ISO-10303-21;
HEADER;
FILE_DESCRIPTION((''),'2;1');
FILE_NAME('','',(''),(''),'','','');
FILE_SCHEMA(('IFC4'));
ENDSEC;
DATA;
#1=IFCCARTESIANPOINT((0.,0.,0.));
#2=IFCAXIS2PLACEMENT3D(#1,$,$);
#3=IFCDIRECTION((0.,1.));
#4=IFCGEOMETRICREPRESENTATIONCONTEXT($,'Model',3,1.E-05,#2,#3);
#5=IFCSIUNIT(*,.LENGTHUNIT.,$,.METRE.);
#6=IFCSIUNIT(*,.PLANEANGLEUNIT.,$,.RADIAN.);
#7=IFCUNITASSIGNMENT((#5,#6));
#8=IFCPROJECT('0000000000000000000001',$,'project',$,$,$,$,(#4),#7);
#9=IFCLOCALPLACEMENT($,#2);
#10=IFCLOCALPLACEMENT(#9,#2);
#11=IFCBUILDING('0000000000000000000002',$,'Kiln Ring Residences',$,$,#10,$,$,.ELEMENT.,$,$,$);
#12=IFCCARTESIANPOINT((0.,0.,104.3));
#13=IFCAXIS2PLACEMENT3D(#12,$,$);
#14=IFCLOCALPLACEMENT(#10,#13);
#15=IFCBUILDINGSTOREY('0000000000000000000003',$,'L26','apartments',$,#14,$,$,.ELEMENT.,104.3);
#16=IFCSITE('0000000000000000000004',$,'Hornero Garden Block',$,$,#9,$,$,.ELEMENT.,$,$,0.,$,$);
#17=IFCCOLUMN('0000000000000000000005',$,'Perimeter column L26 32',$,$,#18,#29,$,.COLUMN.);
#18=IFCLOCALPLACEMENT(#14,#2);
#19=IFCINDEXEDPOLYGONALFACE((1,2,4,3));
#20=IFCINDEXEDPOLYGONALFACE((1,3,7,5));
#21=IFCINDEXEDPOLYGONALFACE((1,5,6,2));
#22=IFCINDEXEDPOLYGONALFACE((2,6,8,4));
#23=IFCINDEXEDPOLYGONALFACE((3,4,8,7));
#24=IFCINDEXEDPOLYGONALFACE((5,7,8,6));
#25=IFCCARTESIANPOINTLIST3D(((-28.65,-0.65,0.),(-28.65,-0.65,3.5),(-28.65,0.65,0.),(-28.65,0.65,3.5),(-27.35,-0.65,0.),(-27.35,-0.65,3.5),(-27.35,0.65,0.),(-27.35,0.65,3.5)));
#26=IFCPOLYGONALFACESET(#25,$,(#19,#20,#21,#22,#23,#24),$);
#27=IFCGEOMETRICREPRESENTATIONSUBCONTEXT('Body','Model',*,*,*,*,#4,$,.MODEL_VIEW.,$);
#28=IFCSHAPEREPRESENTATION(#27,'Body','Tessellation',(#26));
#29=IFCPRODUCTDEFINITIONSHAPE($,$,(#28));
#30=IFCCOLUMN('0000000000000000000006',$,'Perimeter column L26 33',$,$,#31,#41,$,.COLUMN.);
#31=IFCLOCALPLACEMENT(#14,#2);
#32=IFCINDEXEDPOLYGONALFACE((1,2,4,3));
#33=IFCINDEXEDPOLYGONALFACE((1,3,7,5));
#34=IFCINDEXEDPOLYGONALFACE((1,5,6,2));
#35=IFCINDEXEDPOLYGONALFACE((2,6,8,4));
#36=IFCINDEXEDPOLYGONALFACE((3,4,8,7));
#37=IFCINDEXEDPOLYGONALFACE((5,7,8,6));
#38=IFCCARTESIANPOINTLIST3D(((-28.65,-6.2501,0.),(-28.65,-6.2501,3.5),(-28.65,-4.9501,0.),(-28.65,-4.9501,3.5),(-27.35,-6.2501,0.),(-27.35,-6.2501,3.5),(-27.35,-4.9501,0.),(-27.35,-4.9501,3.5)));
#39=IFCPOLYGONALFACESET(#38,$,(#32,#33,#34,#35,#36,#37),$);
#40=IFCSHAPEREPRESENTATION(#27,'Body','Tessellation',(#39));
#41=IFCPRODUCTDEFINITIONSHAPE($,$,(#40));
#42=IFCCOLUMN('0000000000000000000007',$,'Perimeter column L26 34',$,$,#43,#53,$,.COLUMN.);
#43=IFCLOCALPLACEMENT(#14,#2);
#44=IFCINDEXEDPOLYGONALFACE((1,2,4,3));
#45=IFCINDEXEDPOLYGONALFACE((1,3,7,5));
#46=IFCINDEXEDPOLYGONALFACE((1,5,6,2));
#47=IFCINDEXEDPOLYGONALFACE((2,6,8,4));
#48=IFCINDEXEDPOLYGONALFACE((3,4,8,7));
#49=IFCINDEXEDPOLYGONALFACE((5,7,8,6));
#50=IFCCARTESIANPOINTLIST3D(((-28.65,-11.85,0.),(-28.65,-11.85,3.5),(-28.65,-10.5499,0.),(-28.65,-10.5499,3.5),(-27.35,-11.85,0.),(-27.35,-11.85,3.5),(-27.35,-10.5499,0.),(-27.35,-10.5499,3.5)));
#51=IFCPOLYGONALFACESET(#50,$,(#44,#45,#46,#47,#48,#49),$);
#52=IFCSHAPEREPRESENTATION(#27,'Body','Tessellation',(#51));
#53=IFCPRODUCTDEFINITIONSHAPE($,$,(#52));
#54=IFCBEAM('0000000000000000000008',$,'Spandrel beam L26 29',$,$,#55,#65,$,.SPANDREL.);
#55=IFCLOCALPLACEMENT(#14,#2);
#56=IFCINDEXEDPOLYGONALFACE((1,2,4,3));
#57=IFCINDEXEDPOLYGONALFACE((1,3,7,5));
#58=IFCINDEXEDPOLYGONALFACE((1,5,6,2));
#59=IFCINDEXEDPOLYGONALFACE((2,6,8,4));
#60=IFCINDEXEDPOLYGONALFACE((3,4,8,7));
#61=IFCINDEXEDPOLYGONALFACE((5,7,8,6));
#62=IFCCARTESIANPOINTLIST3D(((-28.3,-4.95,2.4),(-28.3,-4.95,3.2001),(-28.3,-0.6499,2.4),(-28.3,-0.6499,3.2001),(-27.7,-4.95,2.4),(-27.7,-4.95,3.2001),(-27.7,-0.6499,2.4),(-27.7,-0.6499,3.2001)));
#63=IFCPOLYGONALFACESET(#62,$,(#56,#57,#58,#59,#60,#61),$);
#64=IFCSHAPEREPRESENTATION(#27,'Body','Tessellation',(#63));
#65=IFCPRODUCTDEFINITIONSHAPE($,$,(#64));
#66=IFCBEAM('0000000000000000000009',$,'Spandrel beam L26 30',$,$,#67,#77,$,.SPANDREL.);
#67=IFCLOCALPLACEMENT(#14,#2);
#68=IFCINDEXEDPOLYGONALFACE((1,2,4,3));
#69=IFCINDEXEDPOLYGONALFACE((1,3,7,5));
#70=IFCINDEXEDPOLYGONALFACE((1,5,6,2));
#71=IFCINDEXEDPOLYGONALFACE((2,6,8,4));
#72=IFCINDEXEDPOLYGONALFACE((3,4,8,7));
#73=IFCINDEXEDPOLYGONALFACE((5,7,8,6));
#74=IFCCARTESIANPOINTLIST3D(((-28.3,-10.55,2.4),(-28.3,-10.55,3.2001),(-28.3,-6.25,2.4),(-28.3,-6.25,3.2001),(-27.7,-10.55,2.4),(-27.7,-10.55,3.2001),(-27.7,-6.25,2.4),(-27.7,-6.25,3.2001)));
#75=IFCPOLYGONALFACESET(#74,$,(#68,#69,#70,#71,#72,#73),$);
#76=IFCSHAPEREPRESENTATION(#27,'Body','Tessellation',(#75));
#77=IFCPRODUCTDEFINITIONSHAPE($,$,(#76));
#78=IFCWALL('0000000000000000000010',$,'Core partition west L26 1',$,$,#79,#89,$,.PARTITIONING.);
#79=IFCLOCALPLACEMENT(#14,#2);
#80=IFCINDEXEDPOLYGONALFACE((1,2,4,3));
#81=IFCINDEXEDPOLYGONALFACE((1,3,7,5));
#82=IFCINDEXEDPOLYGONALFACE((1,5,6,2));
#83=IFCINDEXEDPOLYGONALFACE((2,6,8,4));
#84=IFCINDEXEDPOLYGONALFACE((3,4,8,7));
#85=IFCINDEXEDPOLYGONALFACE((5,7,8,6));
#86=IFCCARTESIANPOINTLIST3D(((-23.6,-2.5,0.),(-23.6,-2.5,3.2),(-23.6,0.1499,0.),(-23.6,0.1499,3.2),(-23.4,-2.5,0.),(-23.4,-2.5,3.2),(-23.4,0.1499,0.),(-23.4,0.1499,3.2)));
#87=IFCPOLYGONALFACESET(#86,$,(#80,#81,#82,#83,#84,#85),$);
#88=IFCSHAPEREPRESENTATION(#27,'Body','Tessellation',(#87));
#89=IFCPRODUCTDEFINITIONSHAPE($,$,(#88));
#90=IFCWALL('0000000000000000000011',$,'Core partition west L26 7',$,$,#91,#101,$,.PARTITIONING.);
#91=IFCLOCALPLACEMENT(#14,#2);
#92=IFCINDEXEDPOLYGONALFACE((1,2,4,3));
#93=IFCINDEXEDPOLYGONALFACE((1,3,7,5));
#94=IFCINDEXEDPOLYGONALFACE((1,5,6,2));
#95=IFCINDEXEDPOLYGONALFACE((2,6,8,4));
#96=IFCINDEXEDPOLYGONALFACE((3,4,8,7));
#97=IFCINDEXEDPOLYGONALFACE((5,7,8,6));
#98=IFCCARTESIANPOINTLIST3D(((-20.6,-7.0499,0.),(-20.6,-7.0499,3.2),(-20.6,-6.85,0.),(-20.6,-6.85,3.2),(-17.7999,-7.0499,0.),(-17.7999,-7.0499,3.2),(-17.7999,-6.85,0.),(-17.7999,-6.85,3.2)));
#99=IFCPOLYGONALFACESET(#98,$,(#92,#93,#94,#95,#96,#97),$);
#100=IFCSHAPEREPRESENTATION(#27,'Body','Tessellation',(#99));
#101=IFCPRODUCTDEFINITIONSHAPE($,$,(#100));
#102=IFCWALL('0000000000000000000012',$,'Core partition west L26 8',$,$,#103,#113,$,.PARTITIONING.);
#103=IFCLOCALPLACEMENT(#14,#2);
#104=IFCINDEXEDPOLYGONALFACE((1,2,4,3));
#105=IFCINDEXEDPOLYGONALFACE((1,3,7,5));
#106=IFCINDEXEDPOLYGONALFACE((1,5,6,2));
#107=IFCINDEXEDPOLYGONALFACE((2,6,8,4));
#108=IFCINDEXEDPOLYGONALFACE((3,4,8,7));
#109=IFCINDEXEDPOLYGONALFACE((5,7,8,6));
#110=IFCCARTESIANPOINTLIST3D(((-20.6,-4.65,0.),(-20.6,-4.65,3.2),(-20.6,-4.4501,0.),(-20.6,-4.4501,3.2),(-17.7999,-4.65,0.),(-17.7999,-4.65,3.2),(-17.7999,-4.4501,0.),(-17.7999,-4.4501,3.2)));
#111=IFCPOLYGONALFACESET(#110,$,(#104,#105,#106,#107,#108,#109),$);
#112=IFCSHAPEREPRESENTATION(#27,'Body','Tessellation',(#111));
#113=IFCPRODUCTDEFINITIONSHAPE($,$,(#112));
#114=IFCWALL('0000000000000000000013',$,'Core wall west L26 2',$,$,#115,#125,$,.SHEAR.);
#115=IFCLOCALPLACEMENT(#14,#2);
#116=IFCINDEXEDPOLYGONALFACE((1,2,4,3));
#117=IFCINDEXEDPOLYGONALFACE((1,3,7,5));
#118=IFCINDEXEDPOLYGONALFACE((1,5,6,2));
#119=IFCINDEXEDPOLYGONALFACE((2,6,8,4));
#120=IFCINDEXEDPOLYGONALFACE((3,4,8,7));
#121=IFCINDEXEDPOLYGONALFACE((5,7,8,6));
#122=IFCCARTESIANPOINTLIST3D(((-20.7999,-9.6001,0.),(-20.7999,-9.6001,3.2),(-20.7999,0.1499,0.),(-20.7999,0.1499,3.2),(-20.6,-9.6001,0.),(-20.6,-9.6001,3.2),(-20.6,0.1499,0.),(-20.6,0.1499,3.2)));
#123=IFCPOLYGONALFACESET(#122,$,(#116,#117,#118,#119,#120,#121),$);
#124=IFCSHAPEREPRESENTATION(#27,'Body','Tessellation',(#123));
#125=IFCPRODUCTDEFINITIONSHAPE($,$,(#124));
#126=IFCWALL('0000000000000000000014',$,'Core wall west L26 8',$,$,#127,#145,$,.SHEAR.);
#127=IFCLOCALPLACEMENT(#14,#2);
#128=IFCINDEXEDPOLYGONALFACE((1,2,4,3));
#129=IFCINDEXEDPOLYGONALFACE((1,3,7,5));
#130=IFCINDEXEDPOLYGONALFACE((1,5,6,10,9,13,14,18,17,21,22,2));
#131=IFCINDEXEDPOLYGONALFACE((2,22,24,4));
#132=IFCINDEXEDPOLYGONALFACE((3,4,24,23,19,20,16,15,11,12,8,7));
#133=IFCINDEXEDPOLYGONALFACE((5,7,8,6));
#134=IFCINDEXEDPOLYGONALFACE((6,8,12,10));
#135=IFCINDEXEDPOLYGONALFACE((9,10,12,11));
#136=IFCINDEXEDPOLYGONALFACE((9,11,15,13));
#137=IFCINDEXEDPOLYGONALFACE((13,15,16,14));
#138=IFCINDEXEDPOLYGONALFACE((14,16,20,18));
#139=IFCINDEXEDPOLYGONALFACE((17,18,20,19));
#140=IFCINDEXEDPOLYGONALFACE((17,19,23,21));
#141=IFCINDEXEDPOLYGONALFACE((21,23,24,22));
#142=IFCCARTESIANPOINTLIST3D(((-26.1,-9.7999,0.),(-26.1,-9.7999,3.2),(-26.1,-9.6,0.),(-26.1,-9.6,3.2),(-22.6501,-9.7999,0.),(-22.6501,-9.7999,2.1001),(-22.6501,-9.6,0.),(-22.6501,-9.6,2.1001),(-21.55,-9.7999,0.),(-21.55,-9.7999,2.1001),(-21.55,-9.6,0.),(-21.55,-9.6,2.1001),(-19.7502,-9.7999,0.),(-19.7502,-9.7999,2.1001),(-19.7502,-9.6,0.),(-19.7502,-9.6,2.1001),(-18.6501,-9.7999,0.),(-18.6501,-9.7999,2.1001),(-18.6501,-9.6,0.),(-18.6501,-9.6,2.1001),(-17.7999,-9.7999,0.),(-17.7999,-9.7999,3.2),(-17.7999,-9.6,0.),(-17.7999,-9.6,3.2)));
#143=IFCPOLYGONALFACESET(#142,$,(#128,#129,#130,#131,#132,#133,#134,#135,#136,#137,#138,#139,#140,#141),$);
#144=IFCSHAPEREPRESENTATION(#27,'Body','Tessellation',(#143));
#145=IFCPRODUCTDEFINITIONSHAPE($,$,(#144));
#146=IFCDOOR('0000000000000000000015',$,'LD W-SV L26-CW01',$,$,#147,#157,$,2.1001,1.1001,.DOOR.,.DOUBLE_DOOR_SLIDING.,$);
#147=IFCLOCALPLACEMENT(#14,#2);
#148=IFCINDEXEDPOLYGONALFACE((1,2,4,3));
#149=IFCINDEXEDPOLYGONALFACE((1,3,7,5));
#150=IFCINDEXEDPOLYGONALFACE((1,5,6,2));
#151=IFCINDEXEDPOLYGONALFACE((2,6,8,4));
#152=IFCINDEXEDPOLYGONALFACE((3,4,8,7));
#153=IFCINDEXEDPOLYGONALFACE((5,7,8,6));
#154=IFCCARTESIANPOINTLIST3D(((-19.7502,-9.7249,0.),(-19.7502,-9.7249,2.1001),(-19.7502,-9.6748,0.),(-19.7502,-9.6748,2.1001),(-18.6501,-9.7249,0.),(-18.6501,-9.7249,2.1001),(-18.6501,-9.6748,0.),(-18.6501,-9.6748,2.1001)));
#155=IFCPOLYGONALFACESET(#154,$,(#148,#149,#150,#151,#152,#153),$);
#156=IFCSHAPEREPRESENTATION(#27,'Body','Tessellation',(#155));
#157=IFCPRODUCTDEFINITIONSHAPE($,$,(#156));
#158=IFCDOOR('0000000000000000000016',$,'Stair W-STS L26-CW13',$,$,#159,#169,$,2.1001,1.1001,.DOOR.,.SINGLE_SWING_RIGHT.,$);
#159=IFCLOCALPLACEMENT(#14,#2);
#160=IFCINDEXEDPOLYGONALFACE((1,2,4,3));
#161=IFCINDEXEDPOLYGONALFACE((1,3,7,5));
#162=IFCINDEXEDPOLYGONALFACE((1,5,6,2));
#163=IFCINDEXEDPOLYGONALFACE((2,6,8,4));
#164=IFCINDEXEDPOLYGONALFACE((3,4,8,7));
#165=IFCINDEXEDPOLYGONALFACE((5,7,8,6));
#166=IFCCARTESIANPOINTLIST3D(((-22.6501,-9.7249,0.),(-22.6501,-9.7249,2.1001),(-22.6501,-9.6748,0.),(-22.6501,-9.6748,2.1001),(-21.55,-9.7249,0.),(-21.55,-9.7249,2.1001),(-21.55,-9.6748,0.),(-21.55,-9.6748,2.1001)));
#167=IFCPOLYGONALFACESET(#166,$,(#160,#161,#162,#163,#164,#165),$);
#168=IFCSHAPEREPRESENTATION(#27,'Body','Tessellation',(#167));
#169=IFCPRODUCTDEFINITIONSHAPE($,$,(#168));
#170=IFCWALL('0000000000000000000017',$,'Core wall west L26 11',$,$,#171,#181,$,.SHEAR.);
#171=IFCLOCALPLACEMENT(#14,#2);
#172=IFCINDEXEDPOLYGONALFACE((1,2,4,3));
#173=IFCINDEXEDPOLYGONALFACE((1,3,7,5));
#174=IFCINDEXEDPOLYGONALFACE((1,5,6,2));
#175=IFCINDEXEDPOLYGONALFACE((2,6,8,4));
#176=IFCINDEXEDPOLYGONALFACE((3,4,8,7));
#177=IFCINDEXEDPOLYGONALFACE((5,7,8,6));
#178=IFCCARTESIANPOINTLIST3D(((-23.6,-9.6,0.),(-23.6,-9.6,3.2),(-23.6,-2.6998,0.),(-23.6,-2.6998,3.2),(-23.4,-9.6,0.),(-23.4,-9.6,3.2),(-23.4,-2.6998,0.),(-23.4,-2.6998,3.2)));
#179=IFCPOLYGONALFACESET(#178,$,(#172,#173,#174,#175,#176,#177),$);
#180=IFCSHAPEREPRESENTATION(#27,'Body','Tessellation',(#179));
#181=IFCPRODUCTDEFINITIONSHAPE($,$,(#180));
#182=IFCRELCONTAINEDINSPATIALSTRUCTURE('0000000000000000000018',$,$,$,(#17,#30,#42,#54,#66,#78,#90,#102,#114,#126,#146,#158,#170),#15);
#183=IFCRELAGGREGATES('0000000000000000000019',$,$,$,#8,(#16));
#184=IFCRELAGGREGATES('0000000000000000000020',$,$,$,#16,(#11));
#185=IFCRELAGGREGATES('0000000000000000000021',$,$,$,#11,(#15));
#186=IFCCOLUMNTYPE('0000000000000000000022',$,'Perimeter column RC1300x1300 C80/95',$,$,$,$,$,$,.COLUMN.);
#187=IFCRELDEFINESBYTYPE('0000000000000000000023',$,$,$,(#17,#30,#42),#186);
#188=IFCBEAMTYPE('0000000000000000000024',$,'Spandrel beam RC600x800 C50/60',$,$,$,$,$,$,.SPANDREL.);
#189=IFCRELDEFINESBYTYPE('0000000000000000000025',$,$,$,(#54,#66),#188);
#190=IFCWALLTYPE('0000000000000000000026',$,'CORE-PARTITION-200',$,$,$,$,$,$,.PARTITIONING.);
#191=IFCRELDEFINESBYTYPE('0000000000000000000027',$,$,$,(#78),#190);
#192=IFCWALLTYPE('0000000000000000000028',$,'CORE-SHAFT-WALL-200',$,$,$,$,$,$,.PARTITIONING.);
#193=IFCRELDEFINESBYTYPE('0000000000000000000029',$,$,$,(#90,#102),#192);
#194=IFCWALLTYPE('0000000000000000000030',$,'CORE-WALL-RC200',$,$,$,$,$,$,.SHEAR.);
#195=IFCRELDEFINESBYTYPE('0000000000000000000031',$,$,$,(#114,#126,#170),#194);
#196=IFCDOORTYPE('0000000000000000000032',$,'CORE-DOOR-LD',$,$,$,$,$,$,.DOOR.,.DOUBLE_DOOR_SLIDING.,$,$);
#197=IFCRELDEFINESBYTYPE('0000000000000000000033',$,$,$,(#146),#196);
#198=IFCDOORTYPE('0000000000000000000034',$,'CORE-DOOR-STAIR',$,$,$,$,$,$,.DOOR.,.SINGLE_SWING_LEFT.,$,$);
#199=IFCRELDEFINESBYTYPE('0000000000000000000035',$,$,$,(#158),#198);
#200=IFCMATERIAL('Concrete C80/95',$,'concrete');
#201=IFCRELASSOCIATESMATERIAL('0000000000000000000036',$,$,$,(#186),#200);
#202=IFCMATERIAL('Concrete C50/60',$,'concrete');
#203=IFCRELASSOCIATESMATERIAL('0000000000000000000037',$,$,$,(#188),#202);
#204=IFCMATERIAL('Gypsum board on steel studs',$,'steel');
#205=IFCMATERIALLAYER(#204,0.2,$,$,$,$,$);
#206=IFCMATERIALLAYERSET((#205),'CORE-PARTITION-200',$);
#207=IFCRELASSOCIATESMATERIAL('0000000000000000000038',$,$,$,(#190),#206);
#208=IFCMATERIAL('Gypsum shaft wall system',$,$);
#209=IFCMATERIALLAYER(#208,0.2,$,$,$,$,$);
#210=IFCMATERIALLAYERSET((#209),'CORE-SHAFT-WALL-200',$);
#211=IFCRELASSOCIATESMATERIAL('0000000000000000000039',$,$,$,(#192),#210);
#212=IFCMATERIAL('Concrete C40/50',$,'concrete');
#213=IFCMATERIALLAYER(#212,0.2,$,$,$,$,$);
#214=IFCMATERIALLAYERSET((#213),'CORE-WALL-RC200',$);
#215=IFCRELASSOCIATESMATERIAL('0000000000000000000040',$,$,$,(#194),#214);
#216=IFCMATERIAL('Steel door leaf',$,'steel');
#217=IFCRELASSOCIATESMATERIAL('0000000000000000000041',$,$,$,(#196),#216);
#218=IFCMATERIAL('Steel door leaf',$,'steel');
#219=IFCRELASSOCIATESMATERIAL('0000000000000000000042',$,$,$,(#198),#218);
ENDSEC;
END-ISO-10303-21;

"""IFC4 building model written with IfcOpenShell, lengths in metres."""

from ifc_helpers import new_model, si_unit, direction, frame, frame_2d, origin, origin_2d, place, context, subcontext, project, spatial, rectangle, extrude, material, layer, layer_set, material_profile, profile_set, type_object, element, fill, save


model = new_model("IFC4")

# Units and contexts
model_context = context("Model", 3, precision=1e-05, world=origin(), true_north=direction((0.0, 1.0)))
body_context = subcontext(model_context, "Body", "Model", "MODEL_VIEW")
ifc_project = project(units=[si_unit("LENGTHUNIT", "METRE"), si_unit("PLANEANGLEUNIT", "RADIAN")], contexts=[model_context])

# Site, building, storey
site_placement = place(None, origin())
site = spatial("IfcSite", under=ifc_project, at=site_placement, Name="Hornero Garden Block", CompositionType="ELEMENT", RefElevation=0.0)
building_placement = place(site_placement, origin())
building = spatial("IfcBuilding", under=site, at=building_placement, Name="Kiln Ring Residences", CompositionType="ELEMENT")
storey_placement = place(building_placement, frame((0.0, 0.0, 104.3)))
storey = spatial("IfcBuildingStorey", under=building, at=storey_placement, Name="L26", Description="apartments", CompositionType="ELEMENT", Elevation=104.3)

# Columns
ifc_material_1 = material(Name="Concrete C80/95", Category="concrete")
ifc_material_profile_1 = material_profile(ifc_material_1, rectangle(XDim=1.3, YDim=1.3, at=origin_2d()), Name="RC1300x1300")
ifc_profile_set_1 = profile_set([ifc_material_profile_1], Name="Concrete C80/95")
column_type = type_object("IfcColumnType", Name="Perimeter column RC1300x1300 C80/95", PredefinedType="COLUMN", material=ifc_profile_set_1)
for number, where, z_axis, x_axis, name in (
    (1, (-28.0, 0.0, 0.0), (0.0, 0.0, 1.0), (1.0, 0.0, 0.0), "Perimeter column L26 32"),
    (2, (-28.0, -5.6001, 0.0), (0.0, 0.0, 1.0), (1.0, 0.0, 0.0), "Perimeter column L26 33"),
    (3, (-28.0, -11.2, 0.0), (0.0, 0.0, 1.0), (1.0, 0.0, 0.0), "Perimeter column L26 34"),
):
    element("IfcColumn", number, at=place(storey_placement, frame(where, z_axis=z_axis, x_axis=x_axis)), inside=storey, type_object=column_type, Name=name, PredefinedType="COLUMN", context=body_context, shape_type="SweptSolid", body=[
        extrude(rectangle(XDim=1.3, YDim=1.3, at=origin_2d()), origin(), (0.0, 0.0, 1.0), 3.5),
    ])

# Beams
ifc_material_2 = material(Name="Concrete C50/60", Category="concrete")
ifc_material_profile_2 = material_profile(ifc_material_2, rectangle(XDim=0.6001, YDim=0.8, at=origin_2d()), Name="RC600x800")
ifc_profile_set_2 = profile_set([ifc_material_profile_2], Name="Concrete C50/60")
beam_type = type_object("IfcBeamType", Name="Spandrel beam RC600x800 C50/60", PredefinedType="SPANDREL", material=ifc_profile_set_2)
for number, where, z_axis, x_axis, name in (
    (4, (-28.0, -0.6499, 2.8), (0.0, -1.0, 0.0), (1.0, 0.0, 0.0), "Spandrel beam L26 29"),
    (5, (-28.0, -6.25, 2.8), (0.0, -1.0, 0.0), (1.0, 0.0, 0.0), "Spandrel beam L26 30"),
):
    element("IfcBeam", number, at=place(storey_placement, frame(where, z_axis=z_axis, x_axis=x_axis)), inside=storey, type_object=beam_type, Name=name, PredefinedType="SPANDREL", context=body_context, shape_type="SweptSolid", body=[
        extrude(rectangle(XDim=0.6001, YDim=0.8, at=origin_2d()), origin(), (0.0, 0.0, 1.0), 4.3),
    ])

# Walls
ifc_material_3 = material(Name="Gypsum board on steel studs", Category="steel")
ifc_layer_1 = layer(ifc_material_3, 0.2)
ifc_layer_set_1 = layer_set([ifc_layer_1], Name="CORE-PARTITION-200")
wall_type_1 = type_object("IfcWallType", Name="CORE-PARTITION-200", PredefinedType="PARTITIONING", material=ifc_layer_set_1)
wall_1_placement = place(storey_placement, frame((-23.5, -2.5, 0.0), z_axis=(0.0, 0.0, 1.0), x_axis=(0.0, 1.0, 0.0)))
element("IfcWall", 6, at=wall_1_placement, inside=storey, type_object=wall_type_1, Name="Core partition west L26 1", PredefinedType="PARTITIONING", context=body_context, shape_type="SweptSolid", body=[
    extrude(rectangle(XDim=2.6499, YDim=0.2, at=frame_2d((1.325, 0.0))), origin(), (0.0, 0.0, 1.0), 3.2),
])
ifc_material_4 = material(Name="Gypsum shaft wall system")
ifc_layer_2 = layer(ifc_material_4, 0.2)
ifc_layer_set_2 = layer_set([ifc_layer_2], Name="CORE-SHAFT-WALL-200")
wall_type_2 = type_object("IfcWallType", Name="CORE-SHAFT-WALL-200", PredefinedType="PARTITIONING", material=ifc_layer_set_2)
for number, where, z_axis, x_axis, name in (
    (7, (-17.8, -6.95, 0.0), (0.0, 0.0, 1.0), (-1.0, 0.0, 0.0), "Core partition west L26 7"),
    (8, (-17.8, -4.55, 0.0), (0.0, 0.0, 1.0), (-1.0, 0.0, 0.0), "Core partition west L26 8"),
):
    element("IfcWall", number, at=place(storey_placement, frame(where, z_axis=z_axis, x_axis=x_axis)), inside=storey, type_object=wall_type_2, Name=name, PredefinedType="PARTITIONING", context=body_context, shape_type="SweptSolid", body=[
        extrude(rectangle(XDim=2.8, YDim=0.2, at=frame_2d((1.3999, 0.0))), origin(), (0.0, 0.0, 1.0), 3.2),
    ])
ifc_material_5 = material(Name="Concrete C40/50", Category="concrete")
ifc_layer_3 = layer(ifc_material_5, 0.2)
ifc_layer_set_3 = layer_set([ifc_layer_3], Name="CORE-WALL-RC200")
wall_type_3 = type_object("IfcWallType", Name="CORE-WALL-RC200", PredefinedType="SHEAR", material=ifc_layer_set_3)
wall_2_placement = place(storey_placement, frame((-20.7, -9.6001, 0.0), z_axis=(0.0, 0.0, 1.0), x_axis=(0.0, 1.0, 0.0)))
element("IfcWall", 9, at=wall_2_placement, inside=storey, type_object=wall_type_3, Name="Core wall west L26 2", PredefinedType="SHEAR", context=body_context, shape_type="SweptSolid", body=[
    extrude(rectangle(XDim=9.75, YDim=0.2, at=frame_2d((4.875, 0.0))), origin(), (0.0, 0.0, 1.0), 3.2),
])

# Wall, openings, doors
wall_3_placement = place(storey_placement, frame((-17.8, -9.7, 0.0), z_axis=(0.0, 0.0, 1.0), x_axis=(-1.0, 0.0, 0.0)))
wall_3 = element("IfcWall", 10, at=wall_3_placement, inside=storey, type_object=wall_type_3, Name="Core wall west L26 8", PredefinedType="SHEAR", context=body_context, shape_type="SweptSolid", body=[
    extrude(rectangle(XDim=8.3, YDim=0.2, at=frame_2d((4.1499, 0.0))), origin(), (0.0, 0.0, 1.0), 3.2),
])
opening_1_placement = place(wall_3_placement, frame((0.8501, 0.0, 0.0)))
opening_1 = element("IfcOpeningElement", 11, at=opening_1_placement, cuts=wall_3, PredefinedType="OPENING", context=body_context, shape_type="SweptSolid", body=[
    extrude(rectangle(XDim=1.1001, YDim=2.1001, at=frame_2d((0.55, 1.05))), frame((0.0, 0.1099, 0.0), z_axis=(0.0, -1.0, 0.0), x_axis=(1.0, 0.0, 0.0)), (0.0, 0.0, 1.0), 0.22),
])
opening_2_placement = place(wall_3_placement, frame((3.75, 0.0, 0.0)))
opening_2 = element("IfcOpeningElement", 12, at=opening_2_placement, cuts=wall_3, PredefinedType="OPENING", context=body_context, shape_type="SweptSolid", body=[
    extrude(rectangle(XDim=1.1001, YDim=2.1001, at=frame_2d((0.55, 1.05))), frame((0.0, 0.1099, 0.0), z_axis=(0.0, -1.0, 0.0), x_axis=(1.0, 0.0, 0.0)), (0.0, 0.0, 1.0), 0.22),
])
ifc_material_6 = material(Name="Steel door leaf", Category="steel")
door_type_1 = type_object("IfcDoorType", Name="CORE-DOOR-LD", OperationType="DOUBLE_DOOR_SLIDING", PredefinedType="DOOR", material=ifc_material_6)
door_1_placement = place(opening_1_placement, origin())
door_1 = element("IfcDoor", 13, at=door_1_placement, inside=storey, type_object=door_type_1, Name="LD W-SV L26-CW01", OperationType="DOUBLE_DOOR_SLIDING", OverallHeight=2.1001, OverallWidth=1.1001, PredefinedType="DOOR", context=body_context, shape_type="SweptSolid", body=[
    extrude(rectangle(XDim=1.1001, YDim=2.1001, at=frame_2d((0.55, 1.05))), frame((0.0, 0.0249, 0.0), z_axis=(0.0, -1.0, 0.0), x_axis=(1.0, 0.0, 0.0)), (0.0, 0.0, 1.0), 0.05),
])
fill(opening_1, door_1)
ifc_material_7 = material(Name="Steel door leaf", Category="steel")
door_type_2 = type_object("IfcDoorType", Name="CORE-DOOR-STAIR", OperationType="SINGLE_SWING_LEFT", PredefinedType="DOOR", material=ifc_material_7)
door_2_placement = place(opening_2_placement, origin())
door_2 = element("IfcDoor", 14, at=door_2_placement, inside=storey, type_object=door_type_2, Name="Stair W-STS L26-CW13", OperationType="SINGLE_SWING_RIGHT", OverallHeight=2.1001, OverallWidth=1.1001, PredefinedType="DOOR", context=body_context, shape_type="SweptSolid", body=[
    extrude(rectangle(XDim=1.1001, YDim=2.1001, at=frame_2d((0.55, 1.05))), frame((0.0, 0.0249, 0.0), z_axis=(0.0, -1.0, 0.0), x_axis=(1.0, 0.0, 0.0)), (0.0, 0.0, 1.0), 0.05),
])
fill(opening_2, door_2)

# Wall
wall_4_placement = place(storey_placement, frame((-23.5, -9.6001, 0.0), z_axis=(0.0, 0.0, 1.0), x_axis=(0.0, 1.0, 0.0)))
element("IfcWall", 15, at=wall_4_placement, inside=storey, type_object=wall_type_3, Name="Core wall west L26 11", PredefinedType="SHEAR", context=body_context, shape_type="SweptSolid", body=[
    extrude(rectangle(XDim=6.9001, YDim=0.2, at=frame_2d((3.4502, 0.0))), origin(), (0.0, 0.0, 1.0), 3.2),
])

save(model, "model.ifc")
